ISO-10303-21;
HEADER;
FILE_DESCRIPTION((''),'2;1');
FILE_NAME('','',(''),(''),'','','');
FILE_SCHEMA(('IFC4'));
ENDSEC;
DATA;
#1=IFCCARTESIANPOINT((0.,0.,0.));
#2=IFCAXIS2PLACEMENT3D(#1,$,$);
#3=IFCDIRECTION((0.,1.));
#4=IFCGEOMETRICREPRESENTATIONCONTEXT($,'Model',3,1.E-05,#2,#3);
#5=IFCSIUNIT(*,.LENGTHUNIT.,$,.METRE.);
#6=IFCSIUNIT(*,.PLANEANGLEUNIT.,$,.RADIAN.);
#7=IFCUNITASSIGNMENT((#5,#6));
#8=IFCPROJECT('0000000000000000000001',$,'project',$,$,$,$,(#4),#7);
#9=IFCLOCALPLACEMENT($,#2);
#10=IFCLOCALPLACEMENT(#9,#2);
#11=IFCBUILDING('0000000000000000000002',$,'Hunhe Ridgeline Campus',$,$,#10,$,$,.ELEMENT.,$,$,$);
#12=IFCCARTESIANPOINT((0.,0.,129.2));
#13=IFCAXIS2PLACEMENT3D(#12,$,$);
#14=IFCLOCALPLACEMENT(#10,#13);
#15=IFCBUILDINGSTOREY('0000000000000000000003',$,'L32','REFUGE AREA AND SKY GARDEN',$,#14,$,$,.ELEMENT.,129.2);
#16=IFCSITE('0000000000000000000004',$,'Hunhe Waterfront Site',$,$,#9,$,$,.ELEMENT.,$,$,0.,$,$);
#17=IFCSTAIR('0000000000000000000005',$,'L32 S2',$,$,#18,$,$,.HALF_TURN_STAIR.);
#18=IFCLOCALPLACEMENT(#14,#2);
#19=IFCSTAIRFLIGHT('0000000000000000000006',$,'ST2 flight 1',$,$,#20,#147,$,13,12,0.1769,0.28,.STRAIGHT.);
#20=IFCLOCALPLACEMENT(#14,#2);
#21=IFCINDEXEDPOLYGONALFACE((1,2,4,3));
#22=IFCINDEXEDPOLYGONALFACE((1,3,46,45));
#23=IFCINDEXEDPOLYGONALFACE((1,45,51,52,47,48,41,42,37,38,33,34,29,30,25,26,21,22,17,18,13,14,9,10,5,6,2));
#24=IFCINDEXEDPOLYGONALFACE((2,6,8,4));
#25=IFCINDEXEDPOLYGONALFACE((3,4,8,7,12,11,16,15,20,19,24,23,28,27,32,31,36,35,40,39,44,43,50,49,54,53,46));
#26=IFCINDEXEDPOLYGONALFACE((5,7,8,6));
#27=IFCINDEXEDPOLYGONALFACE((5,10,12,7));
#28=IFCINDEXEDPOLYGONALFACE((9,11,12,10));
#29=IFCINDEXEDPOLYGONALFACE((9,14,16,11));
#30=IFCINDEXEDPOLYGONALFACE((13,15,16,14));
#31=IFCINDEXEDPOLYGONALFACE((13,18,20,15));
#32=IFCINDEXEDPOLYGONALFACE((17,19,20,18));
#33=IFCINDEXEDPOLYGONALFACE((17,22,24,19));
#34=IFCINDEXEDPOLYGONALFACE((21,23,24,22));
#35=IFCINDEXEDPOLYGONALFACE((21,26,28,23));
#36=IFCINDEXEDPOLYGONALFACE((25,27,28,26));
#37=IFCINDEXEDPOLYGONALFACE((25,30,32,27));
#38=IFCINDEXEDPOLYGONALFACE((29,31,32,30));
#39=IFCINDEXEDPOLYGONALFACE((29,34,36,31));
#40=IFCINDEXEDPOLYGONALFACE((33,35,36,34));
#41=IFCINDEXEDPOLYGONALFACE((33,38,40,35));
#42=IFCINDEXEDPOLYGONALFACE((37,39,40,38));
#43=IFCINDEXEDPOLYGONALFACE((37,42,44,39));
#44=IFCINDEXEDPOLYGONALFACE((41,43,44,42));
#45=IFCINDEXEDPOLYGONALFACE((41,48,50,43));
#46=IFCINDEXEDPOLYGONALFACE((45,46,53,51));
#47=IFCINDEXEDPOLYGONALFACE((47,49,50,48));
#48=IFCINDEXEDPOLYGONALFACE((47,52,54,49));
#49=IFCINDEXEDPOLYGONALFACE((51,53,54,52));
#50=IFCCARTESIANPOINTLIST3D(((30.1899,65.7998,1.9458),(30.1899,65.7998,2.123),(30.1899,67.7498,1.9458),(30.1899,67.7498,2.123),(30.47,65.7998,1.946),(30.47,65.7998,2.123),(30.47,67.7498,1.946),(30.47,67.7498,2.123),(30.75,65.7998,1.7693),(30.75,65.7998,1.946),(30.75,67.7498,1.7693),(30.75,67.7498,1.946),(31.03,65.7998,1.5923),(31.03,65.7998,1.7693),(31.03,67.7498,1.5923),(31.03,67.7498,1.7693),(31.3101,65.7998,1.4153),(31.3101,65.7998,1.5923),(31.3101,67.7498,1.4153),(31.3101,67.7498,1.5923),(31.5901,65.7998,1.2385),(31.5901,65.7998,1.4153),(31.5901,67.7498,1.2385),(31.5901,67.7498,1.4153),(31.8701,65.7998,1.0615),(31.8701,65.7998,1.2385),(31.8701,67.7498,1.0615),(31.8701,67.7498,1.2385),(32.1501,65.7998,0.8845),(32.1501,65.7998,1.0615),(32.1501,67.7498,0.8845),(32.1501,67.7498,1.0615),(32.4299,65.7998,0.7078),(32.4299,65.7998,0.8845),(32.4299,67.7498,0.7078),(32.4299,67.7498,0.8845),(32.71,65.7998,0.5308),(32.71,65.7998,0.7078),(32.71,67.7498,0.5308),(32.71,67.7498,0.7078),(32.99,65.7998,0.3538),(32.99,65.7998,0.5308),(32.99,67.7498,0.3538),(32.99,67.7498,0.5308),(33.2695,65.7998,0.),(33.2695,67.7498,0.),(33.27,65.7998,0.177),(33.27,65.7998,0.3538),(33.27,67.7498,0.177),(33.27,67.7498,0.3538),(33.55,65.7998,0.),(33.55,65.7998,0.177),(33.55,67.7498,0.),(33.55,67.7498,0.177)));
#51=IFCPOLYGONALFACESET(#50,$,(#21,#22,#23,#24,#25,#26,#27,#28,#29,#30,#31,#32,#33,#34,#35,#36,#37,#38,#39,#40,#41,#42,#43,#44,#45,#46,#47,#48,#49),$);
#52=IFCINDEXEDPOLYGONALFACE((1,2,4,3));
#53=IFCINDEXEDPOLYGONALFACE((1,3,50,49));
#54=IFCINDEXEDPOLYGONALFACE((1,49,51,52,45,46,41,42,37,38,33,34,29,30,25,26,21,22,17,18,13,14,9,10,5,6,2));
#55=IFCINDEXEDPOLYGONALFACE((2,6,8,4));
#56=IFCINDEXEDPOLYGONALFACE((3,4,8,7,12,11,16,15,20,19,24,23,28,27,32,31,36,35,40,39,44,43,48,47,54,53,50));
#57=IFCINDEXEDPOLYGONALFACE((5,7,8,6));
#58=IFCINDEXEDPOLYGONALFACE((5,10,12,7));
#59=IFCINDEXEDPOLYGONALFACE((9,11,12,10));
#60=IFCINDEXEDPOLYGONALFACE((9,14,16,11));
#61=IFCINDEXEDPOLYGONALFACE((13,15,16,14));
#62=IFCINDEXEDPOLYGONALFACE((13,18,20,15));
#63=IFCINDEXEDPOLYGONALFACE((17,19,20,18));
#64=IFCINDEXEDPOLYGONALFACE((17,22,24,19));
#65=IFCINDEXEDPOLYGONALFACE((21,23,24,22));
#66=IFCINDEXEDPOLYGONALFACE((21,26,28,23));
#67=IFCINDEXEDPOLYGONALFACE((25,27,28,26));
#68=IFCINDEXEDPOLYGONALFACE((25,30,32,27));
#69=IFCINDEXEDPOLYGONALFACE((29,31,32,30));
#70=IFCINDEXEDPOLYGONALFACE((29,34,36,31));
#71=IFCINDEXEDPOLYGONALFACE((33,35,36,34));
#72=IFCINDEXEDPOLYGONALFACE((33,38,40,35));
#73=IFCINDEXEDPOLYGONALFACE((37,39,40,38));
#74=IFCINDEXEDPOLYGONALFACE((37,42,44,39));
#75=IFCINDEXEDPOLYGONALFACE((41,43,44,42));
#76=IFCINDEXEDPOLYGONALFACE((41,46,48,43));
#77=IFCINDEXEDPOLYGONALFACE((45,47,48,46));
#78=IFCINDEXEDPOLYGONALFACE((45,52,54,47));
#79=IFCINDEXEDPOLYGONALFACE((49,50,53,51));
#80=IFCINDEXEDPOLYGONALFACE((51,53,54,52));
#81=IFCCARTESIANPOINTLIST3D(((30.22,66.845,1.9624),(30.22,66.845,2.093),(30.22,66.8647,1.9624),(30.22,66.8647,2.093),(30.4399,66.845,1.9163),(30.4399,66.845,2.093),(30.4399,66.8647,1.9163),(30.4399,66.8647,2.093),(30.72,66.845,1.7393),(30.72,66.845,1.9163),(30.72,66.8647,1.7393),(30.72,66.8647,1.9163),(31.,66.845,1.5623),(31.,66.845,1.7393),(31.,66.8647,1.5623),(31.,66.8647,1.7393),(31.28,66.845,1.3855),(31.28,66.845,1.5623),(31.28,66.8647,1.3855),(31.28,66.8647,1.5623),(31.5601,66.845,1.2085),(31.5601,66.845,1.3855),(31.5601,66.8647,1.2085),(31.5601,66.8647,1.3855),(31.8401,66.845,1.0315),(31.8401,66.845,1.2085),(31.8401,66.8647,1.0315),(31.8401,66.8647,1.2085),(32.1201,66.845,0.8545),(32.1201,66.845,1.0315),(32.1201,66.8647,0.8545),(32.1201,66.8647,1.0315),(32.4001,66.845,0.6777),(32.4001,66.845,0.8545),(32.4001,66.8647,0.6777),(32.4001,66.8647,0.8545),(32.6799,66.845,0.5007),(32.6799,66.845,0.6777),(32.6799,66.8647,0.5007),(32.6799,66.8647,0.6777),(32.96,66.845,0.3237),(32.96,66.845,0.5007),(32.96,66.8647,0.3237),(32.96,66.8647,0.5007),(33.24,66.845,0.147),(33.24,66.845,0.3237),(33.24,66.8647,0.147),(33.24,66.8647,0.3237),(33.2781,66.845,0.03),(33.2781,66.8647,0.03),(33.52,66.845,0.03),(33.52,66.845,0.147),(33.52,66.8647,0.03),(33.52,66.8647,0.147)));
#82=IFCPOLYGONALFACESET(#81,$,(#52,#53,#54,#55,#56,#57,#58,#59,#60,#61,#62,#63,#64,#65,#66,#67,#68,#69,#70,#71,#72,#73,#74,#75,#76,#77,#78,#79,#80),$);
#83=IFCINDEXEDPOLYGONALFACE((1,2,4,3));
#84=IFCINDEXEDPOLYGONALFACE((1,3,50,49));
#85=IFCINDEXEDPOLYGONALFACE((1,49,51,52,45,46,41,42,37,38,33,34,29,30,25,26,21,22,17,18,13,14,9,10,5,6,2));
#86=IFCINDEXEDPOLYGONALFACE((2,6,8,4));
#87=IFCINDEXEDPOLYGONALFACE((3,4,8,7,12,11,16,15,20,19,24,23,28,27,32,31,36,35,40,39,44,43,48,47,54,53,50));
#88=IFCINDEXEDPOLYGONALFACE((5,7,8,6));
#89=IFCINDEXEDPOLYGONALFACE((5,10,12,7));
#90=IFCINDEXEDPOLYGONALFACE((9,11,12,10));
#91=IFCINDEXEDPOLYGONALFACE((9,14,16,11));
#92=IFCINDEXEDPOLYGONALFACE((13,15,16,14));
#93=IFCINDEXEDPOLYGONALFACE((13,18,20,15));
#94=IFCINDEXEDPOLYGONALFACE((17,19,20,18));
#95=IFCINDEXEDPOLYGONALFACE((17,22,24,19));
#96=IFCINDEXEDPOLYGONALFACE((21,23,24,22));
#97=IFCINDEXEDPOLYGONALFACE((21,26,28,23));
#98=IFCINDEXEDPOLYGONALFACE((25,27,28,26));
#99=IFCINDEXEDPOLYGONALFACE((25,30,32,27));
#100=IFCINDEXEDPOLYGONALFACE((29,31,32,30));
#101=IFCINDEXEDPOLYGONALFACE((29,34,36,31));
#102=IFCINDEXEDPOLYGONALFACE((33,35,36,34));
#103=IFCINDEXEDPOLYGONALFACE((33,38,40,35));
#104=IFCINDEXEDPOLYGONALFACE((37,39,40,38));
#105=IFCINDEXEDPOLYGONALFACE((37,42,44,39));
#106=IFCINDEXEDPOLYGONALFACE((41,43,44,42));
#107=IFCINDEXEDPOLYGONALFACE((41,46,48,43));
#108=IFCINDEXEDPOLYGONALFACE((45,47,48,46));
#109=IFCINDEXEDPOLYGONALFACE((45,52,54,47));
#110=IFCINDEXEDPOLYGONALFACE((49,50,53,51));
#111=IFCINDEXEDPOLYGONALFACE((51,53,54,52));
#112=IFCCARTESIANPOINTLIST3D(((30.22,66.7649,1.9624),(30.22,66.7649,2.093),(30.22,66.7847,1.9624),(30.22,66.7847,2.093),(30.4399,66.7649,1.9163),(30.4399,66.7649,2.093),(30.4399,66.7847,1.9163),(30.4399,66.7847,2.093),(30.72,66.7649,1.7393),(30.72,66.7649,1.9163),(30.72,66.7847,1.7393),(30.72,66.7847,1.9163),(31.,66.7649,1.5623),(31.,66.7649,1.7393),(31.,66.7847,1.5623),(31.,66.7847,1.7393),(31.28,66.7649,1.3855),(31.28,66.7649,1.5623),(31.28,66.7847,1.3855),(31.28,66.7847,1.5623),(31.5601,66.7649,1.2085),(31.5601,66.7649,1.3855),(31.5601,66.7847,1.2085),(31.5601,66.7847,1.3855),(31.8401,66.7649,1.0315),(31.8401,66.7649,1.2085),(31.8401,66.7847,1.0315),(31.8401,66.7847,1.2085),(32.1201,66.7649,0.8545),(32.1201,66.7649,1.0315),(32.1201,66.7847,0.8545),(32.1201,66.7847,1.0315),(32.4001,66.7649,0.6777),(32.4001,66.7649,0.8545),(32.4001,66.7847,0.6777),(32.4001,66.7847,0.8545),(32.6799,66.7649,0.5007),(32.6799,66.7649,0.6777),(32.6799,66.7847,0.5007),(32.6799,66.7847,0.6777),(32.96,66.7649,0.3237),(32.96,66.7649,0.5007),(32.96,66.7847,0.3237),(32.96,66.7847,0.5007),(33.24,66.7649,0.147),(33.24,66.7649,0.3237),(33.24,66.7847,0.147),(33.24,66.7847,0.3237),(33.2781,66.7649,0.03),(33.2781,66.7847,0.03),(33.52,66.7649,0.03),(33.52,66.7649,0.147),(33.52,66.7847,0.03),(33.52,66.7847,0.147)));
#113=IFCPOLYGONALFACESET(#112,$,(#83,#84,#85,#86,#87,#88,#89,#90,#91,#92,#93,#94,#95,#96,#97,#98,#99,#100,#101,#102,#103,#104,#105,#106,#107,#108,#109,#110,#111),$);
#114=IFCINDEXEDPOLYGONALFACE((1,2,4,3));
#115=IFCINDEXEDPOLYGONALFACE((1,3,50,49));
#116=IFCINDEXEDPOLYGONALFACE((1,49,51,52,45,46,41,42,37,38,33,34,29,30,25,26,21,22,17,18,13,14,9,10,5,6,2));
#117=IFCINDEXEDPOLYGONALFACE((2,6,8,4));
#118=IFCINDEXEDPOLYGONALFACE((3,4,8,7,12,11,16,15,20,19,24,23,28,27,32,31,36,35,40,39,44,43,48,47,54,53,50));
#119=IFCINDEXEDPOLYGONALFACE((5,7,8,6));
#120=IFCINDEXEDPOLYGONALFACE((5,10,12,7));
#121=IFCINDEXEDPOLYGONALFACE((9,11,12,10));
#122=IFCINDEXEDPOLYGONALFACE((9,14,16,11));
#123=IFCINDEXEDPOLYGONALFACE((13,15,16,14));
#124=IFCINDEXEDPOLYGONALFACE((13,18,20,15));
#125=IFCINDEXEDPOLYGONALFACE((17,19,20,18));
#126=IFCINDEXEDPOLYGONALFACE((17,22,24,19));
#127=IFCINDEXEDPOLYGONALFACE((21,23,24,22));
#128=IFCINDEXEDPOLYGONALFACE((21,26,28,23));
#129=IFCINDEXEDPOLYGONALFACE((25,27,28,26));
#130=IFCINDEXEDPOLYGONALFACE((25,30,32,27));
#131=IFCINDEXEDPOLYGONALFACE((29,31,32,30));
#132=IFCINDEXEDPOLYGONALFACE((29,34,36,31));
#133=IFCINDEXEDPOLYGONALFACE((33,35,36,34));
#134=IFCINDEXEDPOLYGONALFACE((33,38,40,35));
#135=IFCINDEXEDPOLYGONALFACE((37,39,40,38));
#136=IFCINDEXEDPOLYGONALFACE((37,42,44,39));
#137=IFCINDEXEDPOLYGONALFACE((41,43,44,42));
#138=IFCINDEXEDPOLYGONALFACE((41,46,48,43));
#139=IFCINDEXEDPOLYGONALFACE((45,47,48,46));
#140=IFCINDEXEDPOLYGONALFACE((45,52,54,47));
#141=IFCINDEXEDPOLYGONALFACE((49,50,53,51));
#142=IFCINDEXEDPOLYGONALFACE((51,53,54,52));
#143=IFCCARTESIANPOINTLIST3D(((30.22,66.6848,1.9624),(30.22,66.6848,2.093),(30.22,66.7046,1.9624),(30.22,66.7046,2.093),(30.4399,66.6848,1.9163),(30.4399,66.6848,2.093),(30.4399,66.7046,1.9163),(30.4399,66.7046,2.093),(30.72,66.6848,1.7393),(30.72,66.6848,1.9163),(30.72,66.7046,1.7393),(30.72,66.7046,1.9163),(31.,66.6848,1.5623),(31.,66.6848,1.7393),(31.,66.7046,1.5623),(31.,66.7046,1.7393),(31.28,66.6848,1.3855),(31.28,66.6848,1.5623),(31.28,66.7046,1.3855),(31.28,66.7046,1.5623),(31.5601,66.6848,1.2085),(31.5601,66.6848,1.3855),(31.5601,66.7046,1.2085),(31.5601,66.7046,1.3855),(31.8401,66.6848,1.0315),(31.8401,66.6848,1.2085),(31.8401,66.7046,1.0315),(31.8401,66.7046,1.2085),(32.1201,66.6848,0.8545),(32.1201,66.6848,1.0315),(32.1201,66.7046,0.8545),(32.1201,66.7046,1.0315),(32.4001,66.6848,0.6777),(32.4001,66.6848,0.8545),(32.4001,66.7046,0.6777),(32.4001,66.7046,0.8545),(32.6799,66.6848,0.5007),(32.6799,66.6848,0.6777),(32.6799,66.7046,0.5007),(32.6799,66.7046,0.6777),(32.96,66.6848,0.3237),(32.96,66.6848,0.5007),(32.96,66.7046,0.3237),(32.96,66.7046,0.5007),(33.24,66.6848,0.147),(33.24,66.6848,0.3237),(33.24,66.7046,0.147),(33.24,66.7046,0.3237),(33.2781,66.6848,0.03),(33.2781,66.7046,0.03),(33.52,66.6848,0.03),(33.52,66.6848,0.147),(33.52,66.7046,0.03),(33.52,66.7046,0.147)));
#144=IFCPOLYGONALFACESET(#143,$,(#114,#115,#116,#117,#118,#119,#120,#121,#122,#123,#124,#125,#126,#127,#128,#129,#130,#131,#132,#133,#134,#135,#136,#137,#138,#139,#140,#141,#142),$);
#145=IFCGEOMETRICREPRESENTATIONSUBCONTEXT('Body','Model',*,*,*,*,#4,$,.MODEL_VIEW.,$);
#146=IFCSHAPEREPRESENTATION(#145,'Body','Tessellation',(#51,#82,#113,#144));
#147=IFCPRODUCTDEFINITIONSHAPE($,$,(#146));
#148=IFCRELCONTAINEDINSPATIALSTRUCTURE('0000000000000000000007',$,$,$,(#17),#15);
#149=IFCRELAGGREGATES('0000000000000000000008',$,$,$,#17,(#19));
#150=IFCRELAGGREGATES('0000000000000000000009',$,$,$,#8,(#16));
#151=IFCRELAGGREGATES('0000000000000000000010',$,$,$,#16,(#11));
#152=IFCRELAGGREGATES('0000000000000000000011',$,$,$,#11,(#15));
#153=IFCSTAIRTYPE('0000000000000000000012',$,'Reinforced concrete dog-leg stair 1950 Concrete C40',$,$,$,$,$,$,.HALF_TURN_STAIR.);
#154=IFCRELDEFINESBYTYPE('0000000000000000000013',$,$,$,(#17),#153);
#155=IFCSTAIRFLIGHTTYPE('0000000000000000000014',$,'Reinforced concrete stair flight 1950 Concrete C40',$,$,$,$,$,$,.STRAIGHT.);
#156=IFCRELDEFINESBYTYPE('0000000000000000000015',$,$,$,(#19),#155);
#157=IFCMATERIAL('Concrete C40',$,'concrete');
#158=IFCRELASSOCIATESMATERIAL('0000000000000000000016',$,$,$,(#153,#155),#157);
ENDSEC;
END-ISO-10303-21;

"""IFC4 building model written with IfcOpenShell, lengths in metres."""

from ifc_helpers import new_model, si_unit, direction, frame, origin, place, context, subcontext, project, spatial, polyline, outline, extrude, material, type_object, element, aggregate, save


model = new_model("IFC4")

# Units and contexts
model_context = context("Model", 3, precision=1e-05, world=origin(), true_north=direction((0.0, 1.0)))
body_context = subcontext(model_context, "Body", "Model", "MODEL_VIEW")
ifc_project = project(units=[si_unit("LENGTHUNIT", "METRE"), si_unit("PLANEANGLEUNIT", "RADIAN")], contexts=[model_context])

# Site, building, storey
site_placement = place(None, origin())
site = spatial("IfcSite", under=ifc_project, at=site_placement, Name="Hunhe Waterfront Site", CompositionType="ELEMENT", RefElevation=0.0)
building_placement = place(site_placement, origin())
building = spatial("IfcBuilding", under=site, at=building_placement, Name="Hunhe Ridgeline Campus", CompositionType="ELEMENT")
storey_placement = place(building_placement, frame((0.0, 0.0, 129.2)))
storey = spatial("IfcBuildingStorey", under=building, at=storey_placement, Name="L32", Description="REFUGE AREA AND SKY GARDEN", CompositionType="ELEMENT", Elevation=129.2)

# Stair, stair flight
ifc_material_1 = material(Name="Concrete C40", Category="concrete")
stair_type = type_object("IfcStairType", Name="Reinforced concrete dog-leg stair 1950 Concrete C40", PredefinedType="HALF_TURN_STAIR", material=ifc_material_1)
stair_placement = place(storey_placement, origin())
stair = element("IfcStair", 1, at=stair_placement, inside=storey, type_object=stair_type, Name="L32 S2", PredefinedType="HALF_TURN_STAIR")
stair_flight_type = type_object("IfcStairFlightType", Name="Reinforced concrete stair flight 1950 Concrete C40", PredefinedType="STRAIGHT", material=ifc_material_1)
stair_flight_1_placement = place(storey_placement, frame((33.55, 66.7749, 0.0), z_axis=(0.0, 0.0, 1.0), x_axis=(-1.0, 0.0, 0.0)))
stair_flight_1 = element("IfcStairFlight", 2, at=stair_flight_1_placement, type_object=stair_flight_type, Name="ST2 flight 1", NumberOfRisers=13, NumberOfTreads=12, PredefinedType="STRAIGHT", RiserHeight=0.1769, TreadLength=0.28, context=body_context, shape_type="SweptSolid", body=[
    extrude(outline(polyline([(0.0, 0.0), (0.0, 0.177), (0.28, 0.177), (0.28, 0.3538), (0.5601, 0.3538), (0.5601, 0.5308), (0.8401, 0.5308), (0.8401, 0.7078), (1.1201, 0.7078), (1.1201, 0.8845), (1.3999, 0.8845), (1.3999, 1.0615), (1.6799, 1.0615), (1.6799, 1.2385), (1.96, 1.2385), (1.96, 1.4153), (2.24, 1.4153), (2.24, 1.5923), (2.52, 1.5923), (2.52, 1.7693), (2.8, 1.7693), (2.8, 1.946), (3.0801, 1.946), (3.0801, 2.123), (3.3601, 2.123), (3.3601, 2.3), (3.3601, 1.9458), (0.2805, 0.0), (0.0, 0.0)])), frame((0.0, 0.9751, 0.0), z_axis=(0.0, -1.0, 0.0), x_axis=(1.0, 0.0, 0.0)), (0.0, 0.0, 1.0), 1.95),
    extrude(outline(polyline([(0.03, 0.03), (0.03, 0.147), (0.3101, 0.147), (0.3101, 0.3237), (0.5901, 0.3237), (0.5901, 0.5007), (0.8701, 0.5007), (0.8701, 0.6777), (1.1499, 0.6777), (1.1499, 0.8545), (1.4299, 0.8545), (1.4299, 1.0315), (1.71, 1.0315), (1.71, 1.2085), (1.99, 1.2085), (1.99, 1.3855), (2.27, 1.3855), (2.27, 1.5623), (2.55, 1.5623), (2.55, 1.7393), (2.8301, 1.7393), (2.8301, 1.9163), (3.1101, 1.9163), (3.1101, 2.093), (3.3301, 2.093), (3.3301, 1.9624), (0.272, 0.03), (0.03, 0.03)])), frame((0.0, -0.0701, 0.0), z_axis=(0.0, -1.0, 0.0), x_axis=(1.0, 0.0, 0.0)), (0.0, 0.0, 1.0), 0.0198),
    extrude(outline(polyline([(0.03, 0.03), (0.03, 0.147), (0.3101, 0.147), (0.3101, 0.3237), (0.5901, 0.3237), (0.5901, 0.5007), (0.8701, 0.5007), (0.8701, 0.6777), (1.1499, 0.6777), (1.1499, 0.8545), (1.4299, 0.8545), (1.4299, 1.0315), (1.71, 1.0315), (1.71, 1.2085), (1.99, 1.2085), (1.99, 1.3855), (2.27, 1.3855), (2.27, 1.5623), (2.55, 1.5623), (2.55, 1.7393), (2.8301, 1.7393), (2.8301, 1.9163), (3.1101, 1.9163), (3.1101, 2.093), (3.3301, 2.093), (3.3301, 1.9624), (0.272, 0.03), (0.03, 0.03)])), frame((0.0, 0.01, 0.0), z_axis=(0.0, -1.0, 0.0), x_axis=(1.0, 0.0, 0.0)), (0.0, 0.0, 1.0), 0.0198),
    extrude(outline(polyline([(0.03, 0.03), (0.03, 0.147), (0.3101, 0.147), (0.3101, 0.3237), (0.5901, 0.3237), (0.5901, 0.5007), (0.8701, 0.5007), (0.8701, 0.6777), (1.1499, 0.6777), (1.1499, 0.8545), (1.4299, 0.8545), (1.4299, 1.0315), (1.71, 1.0315), (1.71, 1.2085), (1.99, 1.2085), (1.99, 1.3855), (2.27, 1.3855), (2.27, 1.5623), (2.55, 1.5623), (2.55, 1.7393), (2.8301, 1.7393), (2.8301, 1.9163), (3.1101, 1.9163), (3.1101, 2.093), (3.3301, 2.093), (3.3301, 1.9624), (0.272, 0.03), (0.03, 0.03)])), frame((0.0, 0.0901, 0.0), z_axis=(0.0, -1.0, 0.0), x_axis=(1.0, 0.0, 0.0)), (0.0, 0.0, 1.0), 0.0198),
])
aggregate(stair, [stair_flight_1])

save(model, "model.ifc")
